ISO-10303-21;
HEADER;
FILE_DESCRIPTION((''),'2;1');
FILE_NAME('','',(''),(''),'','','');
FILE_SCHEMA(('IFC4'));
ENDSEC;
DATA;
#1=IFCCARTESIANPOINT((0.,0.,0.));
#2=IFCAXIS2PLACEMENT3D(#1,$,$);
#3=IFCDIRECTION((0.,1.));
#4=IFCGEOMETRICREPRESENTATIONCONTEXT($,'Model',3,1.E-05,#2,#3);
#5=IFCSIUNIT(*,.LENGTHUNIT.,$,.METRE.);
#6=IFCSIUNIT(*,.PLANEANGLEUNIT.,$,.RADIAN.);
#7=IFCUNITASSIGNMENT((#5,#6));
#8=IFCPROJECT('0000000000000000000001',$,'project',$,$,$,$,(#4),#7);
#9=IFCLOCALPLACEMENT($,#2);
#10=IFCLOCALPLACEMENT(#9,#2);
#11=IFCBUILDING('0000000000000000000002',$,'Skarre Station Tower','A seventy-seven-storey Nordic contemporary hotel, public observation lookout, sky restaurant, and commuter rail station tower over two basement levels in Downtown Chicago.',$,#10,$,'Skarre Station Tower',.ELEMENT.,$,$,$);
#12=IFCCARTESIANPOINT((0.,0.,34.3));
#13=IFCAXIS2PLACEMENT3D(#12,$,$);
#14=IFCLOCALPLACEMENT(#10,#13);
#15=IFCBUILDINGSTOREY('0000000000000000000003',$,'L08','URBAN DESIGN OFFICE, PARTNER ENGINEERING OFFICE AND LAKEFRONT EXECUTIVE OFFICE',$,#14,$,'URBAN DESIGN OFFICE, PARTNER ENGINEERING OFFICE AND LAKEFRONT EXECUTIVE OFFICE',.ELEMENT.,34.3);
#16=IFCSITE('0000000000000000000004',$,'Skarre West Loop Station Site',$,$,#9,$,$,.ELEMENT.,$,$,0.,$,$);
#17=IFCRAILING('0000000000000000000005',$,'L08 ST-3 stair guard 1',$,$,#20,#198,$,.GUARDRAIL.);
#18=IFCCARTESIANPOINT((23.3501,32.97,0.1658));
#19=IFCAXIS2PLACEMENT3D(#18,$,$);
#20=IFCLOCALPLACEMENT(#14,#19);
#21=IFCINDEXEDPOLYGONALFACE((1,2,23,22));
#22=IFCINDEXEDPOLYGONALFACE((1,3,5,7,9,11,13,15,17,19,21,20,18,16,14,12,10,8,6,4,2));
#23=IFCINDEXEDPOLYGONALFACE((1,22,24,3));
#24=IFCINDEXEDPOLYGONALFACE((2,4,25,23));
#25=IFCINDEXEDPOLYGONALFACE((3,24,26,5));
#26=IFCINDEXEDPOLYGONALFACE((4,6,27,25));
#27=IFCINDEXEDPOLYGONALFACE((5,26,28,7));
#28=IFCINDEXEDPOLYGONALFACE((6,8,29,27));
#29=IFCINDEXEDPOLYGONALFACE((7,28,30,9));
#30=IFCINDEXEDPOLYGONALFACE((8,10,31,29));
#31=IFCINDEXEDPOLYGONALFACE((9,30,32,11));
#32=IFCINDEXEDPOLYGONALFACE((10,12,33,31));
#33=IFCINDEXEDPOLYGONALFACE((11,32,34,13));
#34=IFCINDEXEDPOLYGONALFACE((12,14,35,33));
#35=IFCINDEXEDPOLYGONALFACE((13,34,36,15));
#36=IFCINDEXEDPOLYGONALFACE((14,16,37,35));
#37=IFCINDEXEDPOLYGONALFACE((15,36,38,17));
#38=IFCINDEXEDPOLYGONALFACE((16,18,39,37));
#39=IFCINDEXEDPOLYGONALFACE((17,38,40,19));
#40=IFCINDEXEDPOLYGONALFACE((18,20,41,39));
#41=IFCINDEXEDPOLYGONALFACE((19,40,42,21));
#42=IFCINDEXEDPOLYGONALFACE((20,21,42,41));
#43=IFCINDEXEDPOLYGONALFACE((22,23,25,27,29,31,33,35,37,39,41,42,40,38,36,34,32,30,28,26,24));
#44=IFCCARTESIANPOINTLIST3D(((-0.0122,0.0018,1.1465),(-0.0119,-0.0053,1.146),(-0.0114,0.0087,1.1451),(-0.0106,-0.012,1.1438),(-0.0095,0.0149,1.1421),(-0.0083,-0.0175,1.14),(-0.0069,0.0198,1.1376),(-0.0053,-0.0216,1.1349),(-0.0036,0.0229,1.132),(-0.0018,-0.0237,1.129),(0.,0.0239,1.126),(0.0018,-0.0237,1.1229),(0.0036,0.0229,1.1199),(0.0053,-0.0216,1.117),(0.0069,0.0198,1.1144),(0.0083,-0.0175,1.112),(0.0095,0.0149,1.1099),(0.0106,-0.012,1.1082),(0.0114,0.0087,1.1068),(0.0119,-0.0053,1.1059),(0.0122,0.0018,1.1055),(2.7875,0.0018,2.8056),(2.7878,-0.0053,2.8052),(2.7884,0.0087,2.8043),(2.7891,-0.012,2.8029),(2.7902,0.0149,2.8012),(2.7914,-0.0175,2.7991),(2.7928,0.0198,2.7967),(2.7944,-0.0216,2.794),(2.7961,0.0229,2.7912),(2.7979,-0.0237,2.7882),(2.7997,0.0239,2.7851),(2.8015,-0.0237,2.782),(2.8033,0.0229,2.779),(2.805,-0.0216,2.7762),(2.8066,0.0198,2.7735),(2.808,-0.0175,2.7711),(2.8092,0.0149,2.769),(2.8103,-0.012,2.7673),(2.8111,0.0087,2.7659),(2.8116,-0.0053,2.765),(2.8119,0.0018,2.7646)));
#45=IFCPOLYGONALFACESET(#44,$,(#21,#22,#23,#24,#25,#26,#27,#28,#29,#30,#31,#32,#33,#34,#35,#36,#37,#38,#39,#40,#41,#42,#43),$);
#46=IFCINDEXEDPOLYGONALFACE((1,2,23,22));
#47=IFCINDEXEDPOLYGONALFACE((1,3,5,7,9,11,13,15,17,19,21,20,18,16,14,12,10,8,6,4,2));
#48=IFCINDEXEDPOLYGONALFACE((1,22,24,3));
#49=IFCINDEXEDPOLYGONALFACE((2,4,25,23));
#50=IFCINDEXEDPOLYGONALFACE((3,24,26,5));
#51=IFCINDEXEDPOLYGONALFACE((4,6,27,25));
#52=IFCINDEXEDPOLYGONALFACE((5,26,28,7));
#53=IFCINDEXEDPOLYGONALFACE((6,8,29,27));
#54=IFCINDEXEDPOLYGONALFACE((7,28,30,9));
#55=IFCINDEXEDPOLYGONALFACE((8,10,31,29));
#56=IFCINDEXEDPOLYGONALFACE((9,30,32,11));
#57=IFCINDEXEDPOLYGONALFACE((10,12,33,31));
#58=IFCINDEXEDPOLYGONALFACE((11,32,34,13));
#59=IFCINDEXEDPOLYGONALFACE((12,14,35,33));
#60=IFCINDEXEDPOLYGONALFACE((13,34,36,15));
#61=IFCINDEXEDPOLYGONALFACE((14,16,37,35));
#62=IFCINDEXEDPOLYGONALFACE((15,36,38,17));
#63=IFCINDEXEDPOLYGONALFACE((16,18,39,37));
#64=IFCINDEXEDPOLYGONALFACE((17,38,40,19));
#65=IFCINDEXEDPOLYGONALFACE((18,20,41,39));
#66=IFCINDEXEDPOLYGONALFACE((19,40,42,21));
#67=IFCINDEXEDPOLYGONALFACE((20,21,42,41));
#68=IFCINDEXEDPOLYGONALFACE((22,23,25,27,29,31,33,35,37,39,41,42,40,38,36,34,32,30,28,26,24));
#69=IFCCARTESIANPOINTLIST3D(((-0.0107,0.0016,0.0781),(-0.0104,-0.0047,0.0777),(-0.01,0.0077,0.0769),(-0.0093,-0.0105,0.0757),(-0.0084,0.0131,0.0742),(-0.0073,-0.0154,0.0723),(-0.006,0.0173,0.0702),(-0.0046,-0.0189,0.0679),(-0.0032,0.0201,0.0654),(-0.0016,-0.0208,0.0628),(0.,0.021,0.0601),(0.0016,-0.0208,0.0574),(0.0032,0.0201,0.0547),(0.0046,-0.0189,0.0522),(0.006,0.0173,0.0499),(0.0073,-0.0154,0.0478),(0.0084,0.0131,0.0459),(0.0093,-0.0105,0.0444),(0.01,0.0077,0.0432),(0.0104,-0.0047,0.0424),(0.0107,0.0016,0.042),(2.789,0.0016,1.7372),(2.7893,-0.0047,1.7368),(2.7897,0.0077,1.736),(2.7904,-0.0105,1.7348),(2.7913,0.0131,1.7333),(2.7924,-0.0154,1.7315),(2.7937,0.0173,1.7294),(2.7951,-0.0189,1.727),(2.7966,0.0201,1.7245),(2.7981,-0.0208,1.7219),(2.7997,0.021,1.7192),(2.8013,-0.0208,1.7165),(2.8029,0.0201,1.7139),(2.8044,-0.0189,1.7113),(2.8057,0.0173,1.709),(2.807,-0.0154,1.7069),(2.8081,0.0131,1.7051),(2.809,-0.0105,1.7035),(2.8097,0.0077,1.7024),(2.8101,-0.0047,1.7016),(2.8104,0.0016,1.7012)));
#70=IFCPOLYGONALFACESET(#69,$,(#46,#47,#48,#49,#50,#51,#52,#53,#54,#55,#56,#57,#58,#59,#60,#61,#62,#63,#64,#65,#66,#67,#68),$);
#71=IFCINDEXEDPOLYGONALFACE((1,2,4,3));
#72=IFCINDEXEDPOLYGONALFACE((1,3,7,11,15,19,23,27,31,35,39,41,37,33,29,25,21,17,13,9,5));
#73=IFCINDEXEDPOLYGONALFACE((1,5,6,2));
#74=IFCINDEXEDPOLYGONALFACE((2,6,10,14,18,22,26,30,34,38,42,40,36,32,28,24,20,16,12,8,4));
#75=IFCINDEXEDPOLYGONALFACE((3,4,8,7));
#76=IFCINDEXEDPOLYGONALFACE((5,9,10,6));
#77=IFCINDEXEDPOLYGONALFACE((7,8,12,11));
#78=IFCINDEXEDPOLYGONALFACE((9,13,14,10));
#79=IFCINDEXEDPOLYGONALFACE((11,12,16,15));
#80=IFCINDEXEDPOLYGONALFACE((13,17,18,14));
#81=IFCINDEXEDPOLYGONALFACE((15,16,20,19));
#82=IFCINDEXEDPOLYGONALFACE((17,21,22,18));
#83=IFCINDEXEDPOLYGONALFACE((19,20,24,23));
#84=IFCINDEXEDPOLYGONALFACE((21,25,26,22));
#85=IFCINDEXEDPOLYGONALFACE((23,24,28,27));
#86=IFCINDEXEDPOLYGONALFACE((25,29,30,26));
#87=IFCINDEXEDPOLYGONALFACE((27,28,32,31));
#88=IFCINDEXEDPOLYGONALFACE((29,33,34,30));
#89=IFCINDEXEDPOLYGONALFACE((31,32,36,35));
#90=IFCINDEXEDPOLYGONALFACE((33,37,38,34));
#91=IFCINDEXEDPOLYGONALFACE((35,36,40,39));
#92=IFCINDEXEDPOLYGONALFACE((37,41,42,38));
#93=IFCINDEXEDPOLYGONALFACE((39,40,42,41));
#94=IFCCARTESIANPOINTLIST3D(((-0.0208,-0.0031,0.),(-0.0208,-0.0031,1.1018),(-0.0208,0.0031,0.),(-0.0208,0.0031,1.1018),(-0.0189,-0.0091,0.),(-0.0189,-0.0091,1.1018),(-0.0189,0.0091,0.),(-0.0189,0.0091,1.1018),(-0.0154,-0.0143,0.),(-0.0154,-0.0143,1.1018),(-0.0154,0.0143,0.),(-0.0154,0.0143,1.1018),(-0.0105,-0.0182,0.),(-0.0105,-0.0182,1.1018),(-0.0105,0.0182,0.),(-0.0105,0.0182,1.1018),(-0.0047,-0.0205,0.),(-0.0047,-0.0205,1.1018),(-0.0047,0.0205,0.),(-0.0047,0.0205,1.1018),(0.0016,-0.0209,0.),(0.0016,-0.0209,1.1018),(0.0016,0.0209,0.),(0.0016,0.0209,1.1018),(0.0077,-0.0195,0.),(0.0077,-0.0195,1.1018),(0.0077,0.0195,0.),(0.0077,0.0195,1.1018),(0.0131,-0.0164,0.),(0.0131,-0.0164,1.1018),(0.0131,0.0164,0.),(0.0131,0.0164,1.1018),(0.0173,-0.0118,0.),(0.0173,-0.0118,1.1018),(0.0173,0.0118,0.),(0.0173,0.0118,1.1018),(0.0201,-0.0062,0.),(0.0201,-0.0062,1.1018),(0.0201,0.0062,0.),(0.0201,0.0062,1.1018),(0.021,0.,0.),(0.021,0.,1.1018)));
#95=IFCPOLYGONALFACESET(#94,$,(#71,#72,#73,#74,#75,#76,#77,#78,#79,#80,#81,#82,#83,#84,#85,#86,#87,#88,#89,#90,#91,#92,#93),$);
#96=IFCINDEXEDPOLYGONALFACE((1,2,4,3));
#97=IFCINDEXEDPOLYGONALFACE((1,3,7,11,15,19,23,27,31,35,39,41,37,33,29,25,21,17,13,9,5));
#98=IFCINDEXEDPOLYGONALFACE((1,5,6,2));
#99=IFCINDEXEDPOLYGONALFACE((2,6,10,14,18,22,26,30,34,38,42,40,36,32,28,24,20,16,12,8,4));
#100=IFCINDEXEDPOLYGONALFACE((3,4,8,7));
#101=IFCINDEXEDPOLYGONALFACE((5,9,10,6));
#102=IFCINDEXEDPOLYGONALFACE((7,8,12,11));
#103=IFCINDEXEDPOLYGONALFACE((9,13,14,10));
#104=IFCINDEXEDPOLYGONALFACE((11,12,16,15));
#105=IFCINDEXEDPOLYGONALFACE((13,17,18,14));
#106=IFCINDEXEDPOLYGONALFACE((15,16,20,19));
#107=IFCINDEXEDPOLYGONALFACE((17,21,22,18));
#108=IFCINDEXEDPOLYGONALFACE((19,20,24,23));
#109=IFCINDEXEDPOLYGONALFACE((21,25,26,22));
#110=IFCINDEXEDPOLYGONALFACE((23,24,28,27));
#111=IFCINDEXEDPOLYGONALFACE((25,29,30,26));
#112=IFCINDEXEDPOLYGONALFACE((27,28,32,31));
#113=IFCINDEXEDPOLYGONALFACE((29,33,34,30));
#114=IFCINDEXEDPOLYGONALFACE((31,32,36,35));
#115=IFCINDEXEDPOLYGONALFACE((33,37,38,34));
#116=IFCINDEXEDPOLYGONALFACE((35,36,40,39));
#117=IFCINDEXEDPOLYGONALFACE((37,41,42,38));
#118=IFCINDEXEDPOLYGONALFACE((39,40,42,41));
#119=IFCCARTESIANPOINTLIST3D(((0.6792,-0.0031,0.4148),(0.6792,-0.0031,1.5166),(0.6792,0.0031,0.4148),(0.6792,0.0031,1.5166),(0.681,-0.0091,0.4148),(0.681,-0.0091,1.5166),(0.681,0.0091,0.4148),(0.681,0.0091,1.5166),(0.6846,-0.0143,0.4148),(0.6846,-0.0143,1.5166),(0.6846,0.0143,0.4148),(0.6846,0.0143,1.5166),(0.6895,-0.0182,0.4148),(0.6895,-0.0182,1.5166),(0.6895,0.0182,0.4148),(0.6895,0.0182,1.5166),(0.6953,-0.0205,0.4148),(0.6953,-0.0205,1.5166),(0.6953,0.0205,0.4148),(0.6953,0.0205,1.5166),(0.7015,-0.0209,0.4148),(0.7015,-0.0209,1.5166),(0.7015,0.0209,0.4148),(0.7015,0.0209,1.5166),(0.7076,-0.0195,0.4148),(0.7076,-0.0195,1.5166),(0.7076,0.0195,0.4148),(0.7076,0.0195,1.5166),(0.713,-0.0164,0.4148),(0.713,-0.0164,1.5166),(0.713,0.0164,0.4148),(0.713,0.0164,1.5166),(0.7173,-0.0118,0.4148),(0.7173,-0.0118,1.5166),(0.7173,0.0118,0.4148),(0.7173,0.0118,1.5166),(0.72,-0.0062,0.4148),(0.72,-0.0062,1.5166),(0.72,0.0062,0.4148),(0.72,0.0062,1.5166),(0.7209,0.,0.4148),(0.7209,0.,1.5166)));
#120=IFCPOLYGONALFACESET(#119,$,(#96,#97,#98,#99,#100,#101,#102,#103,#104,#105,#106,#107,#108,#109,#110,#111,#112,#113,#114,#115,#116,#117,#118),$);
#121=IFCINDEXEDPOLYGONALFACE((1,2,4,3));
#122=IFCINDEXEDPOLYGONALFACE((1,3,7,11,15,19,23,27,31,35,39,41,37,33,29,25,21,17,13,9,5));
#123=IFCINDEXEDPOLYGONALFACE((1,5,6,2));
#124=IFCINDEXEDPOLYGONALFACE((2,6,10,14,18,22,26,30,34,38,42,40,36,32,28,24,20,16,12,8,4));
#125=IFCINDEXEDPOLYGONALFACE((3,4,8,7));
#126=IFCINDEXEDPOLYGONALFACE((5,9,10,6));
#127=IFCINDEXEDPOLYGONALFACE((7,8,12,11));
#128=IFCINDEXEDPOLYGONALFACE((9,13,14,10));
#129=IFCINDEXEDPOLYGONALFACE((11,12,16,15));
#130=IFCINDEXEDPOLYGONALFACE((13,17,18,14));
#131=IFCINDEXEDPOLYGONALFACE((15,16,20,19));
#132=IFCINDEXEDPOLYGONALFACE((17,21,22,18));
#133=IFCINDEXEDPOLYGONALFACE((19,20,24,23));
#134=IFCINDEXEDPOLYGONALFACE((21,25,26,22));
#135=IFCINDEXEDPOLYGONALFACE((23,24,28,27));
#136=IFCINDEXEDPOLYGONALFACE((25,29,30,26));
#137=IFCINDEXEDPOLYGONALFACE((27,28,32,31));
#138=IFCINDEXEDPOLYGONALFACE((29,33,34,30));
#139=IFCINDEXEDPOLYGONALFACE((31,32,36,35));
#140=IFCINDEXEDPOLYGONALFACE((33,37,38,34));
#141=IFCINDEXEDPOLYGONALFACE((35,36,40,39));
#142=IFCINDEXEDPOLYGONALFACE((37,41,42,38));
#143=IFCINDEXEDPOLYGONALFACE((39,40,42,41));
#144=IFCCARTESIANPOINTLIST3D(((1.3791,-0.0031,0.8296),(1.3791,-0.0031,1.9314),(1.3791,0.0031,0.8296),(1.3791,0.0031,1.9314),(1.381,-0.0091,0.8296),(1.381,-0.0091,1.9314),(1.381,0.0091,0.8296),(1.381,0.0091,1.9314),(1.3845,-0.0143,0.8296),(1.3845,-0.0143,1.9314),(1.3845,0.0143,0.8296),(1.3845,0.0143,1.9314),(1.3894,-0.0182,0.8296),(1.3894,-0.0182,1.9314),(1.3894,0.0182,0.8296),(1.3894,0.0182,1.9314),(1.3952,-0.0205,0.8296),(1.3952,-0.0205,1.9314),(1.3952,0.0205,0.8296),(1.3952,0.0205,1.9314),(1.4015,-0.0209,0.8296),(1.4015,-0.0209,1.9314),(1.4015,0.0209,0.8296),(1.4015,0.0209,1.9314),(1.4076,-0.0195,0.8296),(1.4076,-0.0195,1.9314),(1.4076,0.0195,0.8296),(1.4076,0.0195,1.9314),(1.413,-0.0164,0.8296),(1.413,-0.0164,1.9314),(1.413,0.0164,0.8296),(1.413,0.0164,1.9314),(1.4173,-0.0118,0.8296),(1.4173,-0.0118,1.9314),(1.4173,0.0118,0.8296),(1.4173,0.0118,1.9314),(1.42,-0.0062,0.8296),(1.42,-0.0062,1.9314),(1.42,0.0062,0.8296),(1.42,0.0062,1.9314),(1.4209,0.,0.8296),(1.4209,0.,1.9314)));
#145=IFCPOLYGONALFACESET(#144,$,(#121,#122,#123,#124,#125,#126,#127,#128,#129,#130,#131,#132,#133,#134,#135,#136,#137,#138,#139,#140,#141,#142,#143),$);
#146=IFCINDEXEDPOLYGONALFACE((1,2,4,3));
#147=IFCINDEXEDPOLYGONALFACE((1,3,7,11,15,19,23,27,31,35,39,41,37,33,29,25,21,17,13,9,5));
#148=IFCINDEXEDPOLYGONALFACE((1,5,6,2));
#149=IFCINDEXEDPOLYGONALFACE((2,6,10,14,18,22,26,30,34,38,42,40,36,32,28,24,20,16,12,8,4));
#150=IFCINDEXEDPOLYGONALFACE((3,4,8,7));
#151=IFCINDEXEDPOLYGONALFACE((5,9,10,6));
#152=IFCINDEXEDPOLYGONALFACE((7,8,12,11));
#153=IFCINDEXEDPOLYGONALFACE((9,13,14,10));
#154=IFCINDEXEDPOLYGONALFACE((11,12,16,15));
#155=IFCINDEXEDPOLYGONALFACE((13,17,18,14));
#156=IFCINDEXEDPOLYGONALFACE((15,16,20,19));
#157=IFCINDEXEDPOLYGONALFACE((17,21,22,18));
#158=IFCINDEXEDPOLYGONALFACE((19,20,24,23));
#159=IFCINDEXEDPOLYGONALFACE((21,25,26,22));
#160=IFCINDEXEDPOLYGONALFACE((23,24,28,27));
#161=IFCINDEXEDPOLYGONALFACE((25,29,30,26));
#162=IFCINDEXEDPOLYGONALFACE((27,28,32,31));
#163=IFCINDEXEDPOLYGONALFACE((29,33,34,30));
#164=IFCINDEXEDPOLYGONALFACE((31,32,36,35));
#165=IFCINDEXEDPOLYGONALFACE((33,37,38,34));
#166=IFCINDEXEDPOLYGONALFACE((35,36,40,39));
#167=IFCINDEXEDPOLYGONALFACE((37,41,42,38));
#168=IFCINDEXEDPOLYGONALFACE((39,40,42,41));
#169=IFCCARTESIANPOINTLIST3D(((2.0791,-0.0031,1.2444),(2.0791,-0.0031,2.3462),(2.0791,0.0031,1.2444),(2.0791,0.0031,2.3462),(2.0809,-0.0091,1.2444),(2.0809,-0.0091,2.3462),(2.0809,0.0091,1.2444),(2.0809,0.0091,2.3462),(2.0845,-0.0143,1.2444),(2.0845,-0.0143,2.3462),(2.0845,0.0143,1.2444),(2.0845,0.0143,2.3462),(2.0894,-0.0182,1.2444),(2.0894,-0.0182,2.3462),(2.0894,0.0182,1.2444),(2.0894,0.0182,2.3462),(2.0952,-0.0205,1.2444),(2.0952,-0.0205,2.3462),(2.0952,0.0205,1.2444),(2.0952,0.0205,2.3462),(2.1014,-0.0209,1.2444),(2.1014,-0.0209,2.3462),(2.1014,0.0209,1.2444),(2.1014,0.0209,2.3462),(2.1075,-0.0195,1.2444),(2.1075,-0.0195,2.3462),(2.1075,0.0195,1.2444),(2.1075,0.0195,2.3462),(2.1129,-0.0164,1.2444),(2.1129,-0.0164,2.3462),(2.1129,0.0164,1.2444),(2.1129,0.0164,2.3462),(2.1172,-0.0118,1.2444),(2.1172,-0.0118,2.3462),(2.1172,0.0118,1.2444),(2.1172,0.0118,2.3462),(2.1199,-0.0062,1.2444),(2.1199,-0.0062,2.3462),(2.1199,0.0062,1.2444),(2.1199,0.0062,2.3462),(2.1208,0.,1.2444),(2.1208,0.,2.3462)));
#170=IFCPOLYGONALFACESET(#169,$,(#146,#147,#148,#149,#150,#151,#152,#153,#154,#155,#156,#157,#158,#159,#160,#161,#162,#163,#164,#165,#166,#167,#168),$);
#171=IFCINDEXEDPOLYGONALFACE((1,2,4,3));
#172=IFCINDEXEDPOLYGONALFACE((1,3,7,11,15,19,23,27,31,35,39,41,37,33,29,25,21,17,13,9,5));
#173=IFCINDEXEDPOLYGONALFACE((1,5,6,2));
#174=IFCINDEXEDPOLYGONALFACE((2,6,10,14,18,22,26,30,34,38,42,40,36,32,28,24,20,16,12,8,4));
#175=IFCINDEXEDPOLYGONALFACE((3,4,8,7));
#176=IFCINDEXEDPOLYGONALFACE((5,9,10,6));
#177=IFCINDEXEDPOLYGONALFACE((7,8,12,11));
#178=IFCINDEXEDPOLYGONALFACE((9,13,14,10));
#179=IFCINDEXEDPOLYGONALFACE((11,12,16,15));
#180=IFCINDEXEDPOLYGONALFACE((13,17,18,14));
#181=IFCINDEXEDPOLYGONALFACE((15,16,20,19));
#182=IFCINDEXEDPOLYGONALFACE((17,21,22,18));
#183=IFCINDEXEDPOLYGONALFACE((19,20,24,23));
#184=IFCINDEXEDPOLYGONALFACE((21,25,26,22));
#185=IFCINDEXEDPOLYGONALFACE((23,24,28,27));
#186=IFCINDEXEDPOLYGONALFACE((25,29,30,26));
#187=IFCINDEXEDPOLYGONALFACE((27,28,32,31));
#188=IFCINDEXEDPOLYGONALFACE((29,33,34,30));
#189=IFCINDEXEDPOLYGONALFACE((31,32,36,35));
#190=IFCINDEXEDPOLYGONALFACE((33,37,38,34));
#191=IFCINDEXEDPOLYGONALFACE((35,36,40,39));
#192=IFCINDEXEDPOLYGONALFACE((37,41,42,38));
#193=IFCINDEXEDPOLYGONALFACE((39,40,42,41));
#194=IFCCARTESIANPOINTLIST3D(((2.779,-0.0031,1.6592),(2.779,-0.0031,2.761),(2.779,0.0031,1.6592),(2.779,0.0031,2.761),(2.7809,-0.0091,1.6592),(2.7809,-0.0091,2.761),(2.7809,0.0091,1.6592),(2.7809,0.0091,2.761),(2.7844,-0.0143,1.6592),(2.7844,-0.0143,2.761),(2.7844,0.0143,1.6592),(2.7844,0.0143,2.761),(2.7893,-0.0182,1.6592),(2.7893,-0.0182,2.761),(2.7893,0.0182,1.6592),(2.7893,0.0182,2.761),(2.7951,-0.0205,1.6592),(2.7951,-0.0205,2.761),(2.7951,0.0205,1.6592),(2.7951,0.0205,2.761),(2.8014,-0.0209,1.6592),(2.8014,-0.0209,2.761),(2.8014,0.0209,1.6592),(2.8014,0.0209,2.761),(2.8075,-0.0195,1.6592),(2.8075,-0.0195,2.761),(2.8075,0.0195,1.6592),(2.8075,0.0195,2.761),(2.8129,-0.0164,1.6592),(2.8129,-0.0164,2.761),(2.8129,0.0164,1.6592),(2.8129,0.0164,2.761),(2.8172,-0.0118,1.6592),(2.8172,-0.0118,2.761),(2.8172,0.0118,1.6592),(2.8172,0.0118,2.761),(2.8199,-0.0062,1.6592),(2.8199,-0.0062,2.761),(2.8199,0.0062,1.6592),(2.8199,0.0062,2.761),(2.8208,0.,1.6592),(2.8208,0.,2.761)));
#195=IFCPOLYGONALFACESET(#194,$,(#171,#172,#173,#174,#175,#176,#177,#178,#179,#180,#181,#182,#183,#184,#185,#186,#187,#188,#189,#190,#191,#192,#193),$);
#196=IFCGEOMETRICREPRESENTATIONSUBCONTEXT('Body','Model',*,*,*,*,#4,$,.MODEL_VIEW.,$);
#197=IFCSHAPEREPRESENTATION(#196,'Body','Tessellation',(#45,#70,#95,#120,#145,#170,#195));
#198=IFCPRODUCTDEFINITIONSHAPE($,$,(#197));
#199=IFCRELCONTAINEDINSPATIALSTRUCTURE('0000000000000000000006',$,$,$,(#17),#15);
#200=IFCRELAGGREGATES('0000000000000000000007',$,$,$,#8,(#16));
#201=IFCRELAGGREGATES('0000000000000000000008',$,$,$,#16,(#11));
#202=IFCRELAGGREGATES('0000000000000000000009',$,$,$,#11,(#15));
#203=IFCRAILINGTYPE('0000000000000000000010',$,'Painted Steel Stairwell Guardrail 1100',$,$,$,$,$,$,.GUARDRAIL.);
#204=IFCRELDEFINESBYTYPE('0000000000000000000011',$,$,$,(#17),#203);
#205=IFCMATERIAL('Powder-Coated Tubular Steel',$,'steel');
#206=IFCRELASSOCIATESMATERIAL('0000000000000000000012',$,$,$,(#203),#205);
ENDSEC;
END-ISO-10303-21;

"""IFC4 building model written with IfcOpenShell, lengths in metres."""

from ifc_helpers import new_model, si_unit, direction, frame, origin, origin_2d, place, context, subcontext, project, spatial, circle, extrude, material, type_object, element, save


model = new_model("IFC4")

# Units and contexts
model_context = context("Model", 3, precision=1e-05, world=origin(), true_north=direction((0.0, 1.0)))
body_context = subcontext(model_context, "Body", "Model", "MODEL_VIEW")
ifc_project = project(units=[si_unit("LENGTHUNIT", "METRE"), si_unit("PLANEANGLEUNIT", "RADIAN")], contexts=[model_context])

# Site, building, storey
site_placement = place(None, origin())
site = spatial("IfcSite", under=ifc_project, at=site_placement, Name="Skarre West Loop Station Site", CompositionType="ELEMENT", RefElevation=0.0)
building_placement = place(site_placement, origin())
building = spatial("IfcBuilding", under=site, at=building_placement, Name="Skarre Station Tower", Description="A seventy-seven-storey Nordic contemporary hotel, public observation lookout, sky restaurant, and commuter rail station tower over two basement levels in Downtown Chicago.", LongName="Skarre Station Tower", CompositionType="ELEMENT")
storey_placement = place(building_placement, frame((0.0, 0.0, 34.3)))
storey = spatial("IfcBuildingStorey", under=building, at=storey_placement, Name="L08", Description="URBAN DESIGN OFFICE, PARTNER ENGINEERING OFFICE AND LAKEFRONT EXECUTIVE OFFICE", LongName="URBAN DESIGN OFFICE, PARTNER ENGINEERING OFFICE AND LAKEFRONT EXECUTIVE OFFICE", CompositionType="ELEMENT", Elevation=34.3)

# Railing
ifc_material_1 = material(Name="Powder-Coated Tubular Steel", Category="steel")
railing_type_1 = type_object("IfcRailingType", Name="Painted Steel Stairwell Guardrail 1100", PredefinedType="GUARDRAIL", material=ifc_material_1)
railing_1_placement = place(storey_placement, frame((23.3501, 32.97, 0.1658)))
element("IfcRailing", 1, at=railing_1_placement, inside=storey, type_object=railing_type_1, Name="L08 ST-3 stair guard 1", PredefinedType="GUARDRAIL", context=body_context, shape_type="SweptSolid", body=[
    extrude(circle(Radius=0.0239, at=origin_2d()), frame((0.0, 0.0, 1.126), z_axis=(0.860287, 0.0, 0.509811), x_axis=(0.0, 1.0, 0.0)), (0.0, 0.0, 1.0), 3.2544),
    extrude(circle(Radius=0.021, at=origin_2d()), frame((0.0, 0.0, 0.0601), z_axis=(0.860287, 0.0, 0.509811), x_axis=(0.0, 1.0, 0.0)), (0.0, 0.0, 1.0), 3.2544),
    extrude(circle(Radius=0.021, at=origin_2d()), origin(), (0.0, 0.0, 1.0), 1.1018),
    extrude(circle(Radius=0.021, at=origin_2d()), frame((0.7, 0.0, 0.4148)), (0.0, 0.0, 1.0), 1.1018),
    extrude(circle(Radius=0.021, at=origin_2d()), frame((1.3999, 0.0, 0.8296)), (0.0, 0.0, 1.0), 1.1018),
    extrude(circle(Radius=0.021, at=origin_2d()), frame((2.0999, 0.0, 1.2444)), (0.0, 0.0, 1.0), 1.1018),
    extrude(circle(Radius=0.021, at=origin_2d()), frame((2.7998, 0.0, 1.6592)), (0.0, 0.0, 1.0), 1.1018),
])

save(model, "model.ifc")
